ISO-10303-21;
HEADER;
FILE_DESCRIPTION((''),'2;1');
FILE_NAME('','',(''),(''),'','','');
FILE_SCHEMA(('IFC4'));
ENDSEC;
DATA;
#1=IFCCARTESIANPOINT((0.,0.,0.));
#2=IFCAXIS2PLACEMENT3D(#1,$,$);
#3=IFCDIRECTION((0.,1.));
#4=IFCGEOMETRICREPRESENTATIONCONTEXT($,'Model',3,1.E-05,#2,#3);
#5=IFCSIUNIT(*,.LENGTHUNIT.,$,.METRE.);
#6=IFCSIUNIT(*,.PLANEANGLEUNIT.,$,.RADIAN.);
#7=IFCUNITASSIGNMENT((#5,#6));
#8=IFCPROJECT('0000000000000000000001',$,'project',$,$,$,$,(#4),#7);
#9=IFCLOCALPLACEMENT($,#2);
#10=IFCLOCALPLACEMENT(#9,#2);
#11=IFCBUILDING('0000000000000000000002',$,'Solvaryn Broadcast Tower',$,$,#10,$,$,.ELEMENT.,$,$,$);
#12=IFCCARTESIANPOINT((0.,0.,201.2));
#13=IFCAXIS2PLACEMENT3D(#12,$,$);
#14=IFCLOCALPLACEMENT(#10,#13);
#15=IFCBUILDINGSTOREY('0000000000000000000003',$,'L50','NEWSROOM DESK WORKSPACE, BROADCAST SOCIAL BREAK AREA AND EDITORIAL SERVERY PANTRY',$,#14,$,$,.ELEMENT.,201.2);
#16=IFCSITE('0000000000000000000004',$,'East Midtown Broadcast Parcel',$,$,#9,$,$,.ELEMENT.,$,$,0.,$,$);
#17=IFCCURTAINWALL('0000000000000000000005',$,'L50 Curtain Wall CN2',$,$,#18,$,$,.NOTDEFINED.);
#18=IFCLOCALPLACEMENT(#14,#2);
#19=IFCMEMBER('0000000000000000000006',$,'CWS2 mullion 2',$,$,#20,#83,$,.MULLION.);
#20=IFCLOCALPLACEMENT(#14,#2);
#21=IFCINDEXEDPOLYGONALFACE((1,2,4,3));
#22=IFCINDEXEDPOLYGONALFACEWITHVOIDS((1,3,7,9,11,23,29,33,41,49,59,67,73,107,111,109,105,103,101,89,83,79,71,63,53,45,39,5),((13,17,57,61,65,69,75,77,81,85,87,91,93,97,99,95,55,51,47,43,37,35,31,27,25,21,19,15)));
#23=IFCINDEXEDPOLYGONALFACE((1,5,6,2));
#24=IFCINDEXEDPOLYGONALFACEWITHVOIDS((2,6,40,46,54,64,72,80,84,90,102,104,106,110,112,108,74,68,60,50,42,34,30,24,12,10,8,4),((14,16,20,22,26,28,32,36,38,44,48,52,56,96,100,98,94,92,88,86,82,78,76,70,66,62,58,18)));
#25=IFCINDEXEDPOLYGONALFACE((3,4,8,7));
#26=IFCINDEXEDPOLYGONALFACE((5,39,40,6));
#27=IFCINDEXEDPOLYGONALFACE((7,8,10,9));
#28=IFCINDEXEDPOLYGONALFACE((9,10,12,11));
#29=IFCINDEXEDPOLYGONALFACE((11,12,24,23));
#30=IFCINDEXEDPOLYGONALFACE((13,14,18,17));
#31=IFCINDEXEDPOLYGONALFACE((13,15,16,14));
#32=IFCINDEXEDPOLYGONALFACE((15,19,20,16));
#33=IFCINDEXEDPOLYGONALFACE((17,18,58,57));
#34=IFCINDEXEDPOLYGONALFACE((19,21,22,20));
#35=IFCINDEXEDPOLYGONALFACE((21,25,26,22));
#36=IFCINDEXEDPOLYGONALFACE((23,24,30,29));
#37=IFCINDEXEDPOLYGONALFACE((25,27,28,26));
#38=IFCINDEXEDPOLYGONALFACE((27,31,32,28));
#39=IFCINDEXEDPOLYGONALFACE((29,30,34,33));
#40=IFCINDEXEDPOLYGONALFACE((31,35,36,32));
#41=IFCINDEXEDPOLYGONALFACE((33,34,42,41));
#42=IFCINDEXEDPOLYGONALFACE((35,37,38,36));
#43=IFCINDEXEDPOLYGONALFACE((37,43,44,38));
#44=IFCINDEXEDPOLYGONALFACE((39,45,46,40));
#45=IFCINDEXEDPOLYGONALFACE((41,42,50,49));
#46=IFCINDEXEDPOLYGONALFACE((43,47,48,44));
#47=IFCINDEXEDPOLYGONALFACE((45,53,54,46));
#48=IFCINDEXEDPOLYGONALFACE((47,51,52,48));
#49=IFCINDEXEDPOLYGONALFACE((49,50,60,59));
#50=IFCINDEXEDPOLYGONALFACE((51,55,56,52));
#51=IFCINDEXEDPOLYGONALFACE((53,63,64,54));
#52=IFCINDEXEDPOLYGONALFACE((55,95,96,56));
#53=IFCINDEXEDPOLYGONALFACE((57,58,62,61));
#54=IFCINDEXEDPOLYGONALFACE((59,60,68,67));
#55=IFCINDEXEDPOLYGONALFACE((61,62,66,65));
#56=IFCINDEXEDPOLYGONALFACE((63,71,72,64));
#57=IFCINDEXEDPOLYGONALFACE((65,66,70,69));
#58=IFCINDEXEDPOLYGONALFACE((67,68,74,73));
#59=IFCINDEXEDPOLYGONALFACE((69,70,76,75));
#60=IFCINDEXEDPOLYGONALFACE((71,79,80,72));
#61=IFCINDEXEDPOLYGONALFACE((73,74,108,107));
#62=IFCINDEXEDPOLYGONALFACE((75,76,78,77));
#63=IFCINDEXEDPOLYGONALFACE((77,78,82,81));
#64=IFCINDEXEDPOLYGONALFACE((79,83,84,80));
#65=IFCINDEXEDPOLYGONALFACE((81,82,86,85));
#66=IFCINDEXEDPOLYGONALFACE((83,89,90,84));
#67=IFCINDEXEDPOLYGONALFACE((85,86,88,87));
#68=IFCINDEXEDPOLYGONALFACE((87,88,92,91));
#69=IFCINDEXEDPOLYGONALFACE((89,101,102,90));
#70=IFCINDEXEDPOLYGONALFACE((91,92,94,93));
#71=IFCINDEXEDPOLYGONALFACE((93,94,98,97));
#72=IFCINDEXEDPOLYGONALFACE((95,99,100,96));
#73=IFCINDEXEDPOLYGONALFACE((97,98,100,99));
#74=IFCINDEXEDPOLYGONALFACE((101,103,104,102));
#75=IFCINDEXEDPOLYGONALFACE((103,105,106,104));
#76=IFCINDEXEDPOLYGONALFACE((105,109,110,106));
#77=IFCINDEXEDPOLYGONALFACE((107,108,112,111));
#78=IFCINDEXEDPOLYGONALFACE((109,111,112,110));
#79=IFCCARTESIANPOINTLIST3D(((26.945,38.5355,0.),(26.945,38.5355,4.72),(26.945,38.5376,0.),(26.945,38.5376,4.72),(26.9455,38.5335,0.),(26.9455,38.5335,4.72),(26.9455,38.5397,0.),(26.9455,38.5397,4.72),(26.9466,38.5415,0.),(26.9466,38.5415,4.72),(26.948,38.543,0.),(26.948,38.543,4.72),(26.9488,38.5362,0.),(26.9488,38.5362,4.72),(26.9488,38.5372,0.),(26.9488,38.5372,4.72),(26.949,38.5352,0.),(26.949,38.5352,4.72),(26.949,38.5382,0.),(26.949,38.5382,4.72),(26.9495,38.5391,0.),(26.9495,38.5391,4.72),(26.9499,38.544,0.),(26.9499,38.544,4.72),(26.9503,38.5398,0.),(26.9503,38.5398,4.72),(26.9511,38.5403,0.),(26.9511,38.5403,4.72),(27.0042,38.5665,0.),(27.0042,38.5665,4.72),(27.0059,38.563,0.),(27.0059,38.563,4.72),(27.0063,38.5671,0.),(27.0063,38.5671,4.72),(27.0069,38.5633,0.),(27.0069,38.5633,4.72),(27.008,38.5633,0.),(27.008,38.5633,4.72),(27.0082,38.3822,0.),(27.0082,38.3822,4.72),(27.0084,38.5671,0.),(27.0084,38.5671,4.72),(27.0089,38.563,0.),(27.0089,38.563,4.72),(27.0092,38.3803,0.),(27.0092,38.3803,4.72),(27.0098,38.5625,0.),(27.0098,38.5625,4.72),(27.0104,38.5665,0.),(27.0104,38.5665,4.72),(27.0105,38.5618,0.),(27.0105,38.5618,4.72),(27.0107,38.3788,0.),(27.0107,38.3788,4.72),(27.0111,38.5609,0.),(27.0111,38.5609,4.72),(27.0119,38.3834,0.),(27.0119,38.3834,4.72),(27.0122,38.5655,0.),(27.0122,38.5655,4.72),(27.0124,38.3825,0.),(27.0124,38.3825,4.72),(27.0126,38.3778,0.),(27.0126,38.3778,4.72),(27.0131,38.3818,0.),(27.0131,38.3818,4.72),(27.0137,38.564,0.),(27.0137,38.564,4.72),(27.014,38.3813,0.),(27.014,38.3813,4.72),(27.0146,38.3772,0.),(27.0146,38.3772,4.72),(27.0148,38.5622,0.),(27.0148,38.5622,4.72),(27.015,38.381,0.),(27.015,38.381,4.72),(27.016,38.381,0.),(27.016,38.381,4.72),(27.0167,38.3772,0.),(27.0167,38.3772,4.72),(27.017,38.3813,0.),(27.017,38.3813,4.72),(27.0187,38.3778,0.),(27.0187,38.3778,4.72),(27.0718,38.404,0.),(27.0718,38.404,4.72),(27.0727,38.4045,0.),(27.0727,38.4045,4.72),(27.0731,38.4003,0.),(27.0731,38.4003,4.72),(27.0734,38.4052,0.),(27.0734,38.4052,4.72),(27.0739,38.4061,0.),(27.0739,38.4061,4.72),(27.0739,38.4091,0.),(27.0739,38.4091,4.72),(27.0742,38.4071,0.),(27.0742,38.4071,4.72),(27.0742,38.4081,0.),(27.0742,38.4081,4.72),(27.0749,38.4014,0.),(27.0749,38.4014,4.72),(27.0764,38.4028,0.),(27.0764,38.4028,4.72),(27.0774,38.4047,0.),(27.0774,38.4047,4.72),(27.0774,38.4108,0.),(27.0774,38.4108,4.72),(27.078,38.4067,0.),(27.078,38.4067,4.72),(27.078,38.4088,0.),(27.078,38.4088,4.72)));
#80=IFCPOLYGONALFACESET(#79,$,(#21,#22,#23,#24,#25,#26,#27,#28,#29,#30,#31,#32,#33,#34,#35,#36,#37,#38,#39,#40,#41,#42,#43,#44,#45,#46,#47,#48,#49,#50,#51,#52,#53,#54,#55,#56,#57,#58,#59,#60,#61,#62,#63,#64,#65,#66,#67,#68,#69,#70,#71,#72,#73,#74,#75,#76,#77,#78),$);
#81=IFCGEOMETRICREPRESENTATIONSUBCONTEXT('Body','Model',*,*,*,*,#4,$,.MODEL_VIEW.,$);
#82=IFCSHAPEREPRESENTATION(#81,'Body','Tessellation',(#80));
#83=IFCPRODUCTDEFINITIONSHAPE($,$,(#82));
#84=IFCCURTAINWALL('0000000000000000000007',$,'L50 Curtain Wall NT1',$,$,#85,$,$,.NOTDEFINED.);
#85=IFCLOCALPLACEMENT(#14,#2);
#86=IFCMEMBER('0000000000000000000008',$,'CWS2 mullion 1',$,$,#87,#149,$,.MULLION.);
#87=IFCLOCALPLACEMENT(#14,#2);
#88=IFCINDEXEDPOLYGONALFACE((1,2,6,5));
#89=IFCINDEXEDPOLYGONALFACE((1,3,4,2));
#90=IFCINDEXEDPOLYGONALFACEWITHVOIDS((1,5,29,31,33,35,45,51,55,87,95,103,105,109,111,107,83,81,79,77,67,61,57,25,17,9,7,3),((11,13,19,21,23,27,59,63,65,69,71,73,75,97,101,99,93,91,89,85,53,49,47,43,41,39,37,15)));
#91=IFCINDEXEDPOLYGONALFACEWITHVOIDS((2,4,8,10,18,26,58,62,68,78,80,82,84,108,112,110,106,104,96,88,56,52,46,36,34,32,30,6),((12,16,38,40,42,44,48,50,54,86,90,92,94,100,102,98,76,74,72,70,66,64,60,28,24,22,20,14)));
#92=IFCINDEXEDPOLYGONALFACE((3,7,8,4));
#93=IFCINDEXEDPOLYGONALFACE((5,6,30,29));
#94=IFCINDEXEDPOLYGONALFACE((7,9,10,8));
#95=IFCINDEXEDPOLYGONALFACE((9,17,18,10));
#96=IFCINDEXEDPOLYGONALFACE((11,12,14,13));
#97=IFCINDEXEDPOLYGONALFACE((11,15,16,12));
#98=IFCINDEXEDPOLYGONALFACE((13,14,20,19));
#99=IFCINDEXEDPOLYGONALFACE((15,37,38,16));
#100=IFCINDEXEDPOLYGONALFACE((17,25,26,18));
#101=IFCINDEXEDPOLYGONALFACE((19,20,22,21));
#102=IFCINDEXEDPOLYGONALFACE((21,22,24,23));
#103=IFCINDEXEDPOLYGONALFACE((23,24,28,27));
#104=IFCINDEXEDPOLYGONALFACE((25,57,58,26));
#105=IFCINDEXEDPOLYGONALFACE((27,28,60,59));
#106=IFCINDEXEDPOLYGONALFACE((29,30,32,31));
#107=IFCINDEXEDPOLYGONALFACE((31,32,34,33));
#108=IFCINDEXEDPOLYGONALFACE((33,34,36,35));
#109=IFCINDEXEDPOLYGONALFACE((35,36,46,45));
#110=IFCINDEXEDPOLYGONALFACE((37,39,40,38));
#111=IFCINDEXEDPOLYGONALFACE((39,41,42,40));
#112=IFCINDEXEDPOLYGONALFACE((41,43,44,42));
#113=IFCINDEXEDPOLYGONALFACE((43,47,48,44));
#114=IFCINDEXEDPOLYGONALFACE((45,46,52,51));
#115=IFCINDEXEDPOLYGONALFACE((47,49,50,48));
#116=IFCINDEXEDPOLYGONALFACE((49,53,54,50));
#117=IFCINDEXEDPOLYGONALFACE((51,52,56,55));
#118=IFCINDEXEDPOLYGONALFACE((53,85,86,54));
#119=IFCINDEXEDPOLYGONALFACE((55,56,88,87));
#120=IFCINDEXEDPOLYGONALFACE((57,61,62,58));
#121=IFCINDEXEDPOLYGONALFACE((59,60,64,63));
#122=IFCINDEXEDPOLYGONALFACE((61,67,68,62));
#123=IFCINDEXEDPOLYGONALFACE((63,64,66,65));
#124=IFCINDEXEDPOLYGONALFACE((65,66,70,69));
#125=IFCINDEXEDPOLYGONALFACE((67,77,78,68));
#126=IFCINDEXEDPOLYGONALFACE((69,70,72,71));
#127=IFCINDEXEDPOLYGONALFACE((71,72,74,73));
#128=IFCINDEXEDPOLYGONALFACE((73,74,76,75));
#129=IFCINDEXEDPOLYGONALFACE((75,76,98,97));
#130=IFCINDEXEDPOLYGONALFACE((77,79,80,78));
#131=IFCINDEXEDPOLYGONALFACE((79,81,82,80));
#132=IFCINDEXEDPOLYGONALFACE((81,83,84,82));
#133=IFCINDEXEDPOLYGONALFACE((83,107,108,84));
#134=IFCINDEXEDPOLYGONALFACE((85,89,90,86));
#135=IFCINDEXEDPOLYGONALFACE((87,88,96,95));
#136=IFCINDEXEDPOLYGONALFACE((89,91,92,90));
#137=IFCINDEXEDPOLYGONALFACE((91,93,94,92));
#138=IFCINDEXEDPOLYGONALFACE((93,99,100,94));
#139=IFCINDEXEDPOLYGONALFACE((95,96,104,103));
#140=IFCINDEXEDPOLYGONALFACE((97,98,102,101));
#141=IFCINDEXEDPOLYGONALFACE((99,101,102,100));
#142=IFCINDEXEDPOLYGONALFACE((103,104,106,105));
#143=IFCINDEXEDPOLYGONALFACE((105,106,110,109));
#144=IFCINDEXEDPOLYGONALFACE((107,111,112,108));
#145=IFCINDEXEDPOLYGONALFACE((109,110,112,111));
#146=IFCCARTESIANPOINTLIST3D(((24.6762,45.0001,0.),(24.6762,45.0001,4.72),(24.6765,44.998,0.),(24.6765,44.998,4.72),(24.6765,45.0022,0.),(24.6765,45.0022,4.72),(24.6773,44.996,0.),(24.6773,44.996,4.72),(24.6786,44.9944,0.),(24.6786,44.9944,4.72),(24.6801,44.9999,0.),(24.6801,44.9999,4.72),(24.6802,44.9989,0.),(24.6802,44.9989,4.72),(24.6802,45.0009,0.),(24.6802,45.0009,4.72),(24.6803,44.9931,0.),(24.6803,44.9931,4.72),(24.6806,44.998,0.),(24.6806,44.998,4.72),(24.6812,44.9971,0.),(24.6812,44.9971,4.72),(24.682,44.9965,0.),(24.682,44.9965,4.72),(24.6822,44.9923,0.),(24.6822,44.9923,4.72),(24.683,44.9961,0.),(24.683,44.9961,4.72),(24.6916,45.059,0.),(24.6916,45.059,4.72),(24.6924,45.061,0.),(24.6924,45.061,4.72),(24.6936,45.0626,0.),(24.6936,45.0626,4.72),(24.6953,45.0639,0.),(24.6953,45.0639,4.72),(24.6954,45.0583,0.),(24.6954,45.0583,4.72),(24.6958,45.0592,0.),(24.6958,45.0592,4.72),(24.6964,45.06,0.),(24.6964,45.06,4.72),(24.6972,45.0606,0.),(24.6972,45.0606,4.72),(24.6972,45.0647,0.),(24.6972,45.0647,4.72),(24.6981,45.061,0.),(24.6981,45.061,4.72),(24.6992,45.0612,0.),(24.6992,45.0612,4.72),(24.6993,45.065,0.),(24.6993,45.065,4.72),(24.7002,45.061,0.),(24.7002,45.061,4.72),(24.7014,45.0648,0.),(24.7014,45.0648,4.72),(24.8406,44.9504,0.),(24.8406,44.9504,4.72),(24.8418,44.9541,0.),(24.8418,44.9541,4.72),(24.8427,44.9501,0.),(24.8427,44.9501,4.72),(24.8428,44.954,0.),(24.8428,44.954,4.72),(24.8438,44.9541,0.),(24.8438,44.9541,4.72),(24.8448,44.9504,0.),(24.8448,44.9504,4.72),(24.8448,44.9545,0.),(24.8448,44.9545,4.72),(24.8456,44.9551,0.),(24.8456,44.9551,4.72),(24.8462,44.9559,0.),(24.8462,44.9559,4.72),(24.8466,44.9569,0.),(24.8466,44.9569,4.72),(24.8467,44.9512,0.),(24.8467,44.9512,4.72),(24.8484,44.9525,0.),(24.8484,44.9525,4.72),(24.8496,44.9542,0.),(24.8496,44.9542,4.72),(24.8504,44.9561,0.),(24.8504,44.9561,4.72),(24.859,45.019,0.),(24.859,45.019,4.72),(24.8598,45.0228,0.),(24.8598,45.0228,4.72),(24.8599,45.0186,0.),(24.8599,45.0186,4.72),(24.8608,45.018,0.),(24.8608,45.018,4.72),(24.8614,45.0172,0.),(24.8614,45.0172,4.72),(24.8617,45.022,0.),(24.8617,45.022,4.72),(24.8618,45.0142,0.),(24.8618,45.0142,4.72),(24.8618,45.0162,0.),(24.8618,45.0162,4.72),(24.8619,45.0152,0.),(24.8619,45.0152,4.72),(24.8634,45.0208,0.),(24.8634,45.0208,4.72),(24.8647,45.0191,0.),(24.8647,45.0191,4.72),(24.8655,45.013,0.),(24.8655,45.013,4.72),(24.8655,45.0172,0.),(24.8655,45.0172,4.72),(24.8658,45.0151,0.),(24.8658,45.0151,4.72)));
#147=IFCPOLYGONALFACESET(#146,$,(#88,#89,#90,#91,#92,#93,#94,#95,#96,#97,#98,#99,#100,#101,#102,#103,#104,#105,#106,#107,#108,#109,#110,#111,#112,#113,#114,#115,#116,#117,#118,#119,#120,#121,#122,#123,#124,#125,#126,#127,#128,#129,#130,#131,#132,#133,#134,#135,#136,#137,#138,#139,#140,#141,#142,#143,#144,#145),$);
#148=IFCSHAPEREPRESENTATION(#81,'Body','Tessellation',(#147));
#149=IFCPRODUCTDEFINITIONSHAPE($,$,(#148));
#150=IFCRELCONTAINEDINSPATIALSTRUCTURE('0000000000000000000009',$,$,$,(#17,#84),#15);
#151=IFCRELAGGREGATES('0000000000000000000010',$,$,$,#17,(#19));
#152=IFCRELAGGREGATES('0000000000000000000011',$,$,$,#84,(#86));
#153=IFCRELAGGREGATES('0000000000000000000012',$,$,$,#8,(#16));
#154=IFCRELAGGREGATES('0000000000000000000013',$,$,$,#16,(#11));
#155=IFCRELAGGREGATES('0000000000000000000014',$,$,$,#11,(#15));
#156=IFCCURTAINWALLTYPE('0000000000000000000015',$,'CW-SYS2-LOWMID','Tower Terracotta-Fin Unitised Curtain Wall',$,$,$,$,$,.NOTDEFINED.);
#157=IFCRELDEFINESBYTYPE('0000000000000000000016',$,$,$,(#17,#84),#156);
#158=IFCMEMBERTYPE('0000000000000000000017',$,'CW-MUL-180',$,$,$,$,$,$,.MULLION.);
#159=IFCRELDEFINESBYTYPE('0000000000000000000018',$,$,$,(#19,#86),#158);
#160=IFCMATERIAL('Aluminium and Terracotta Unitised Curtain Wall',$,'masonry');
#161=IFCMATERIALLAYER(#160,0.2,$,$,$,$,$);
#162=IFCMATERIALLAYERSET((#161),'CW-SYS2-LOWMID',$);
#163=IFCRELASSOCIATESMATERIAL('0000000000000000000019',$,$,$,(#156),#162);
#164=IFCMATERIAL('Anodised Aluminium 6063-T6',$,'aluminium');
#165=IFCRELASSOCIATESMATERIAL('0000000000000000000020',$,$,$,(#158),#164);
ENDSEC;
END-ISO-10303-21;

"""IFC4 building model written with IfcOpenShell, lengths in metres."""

from ifc_helpers import new_model, si_unit, direction, frame, origin, origin_2d, place, context, subcontext, project, spatial, hollow_rectangle, extrude, material, layer, layer_set, material_profile, profile_set, type_object, element, aggregate, save


model = new_model("IFC4")

# Units and contexts
model_context = context("Model", 3, precision=1e-05, world=origin(), true_north=direction((0.0, 1.0)))
body_context = subcontext(model_context, "Body", "Model", "MODEL_VIEW")
ifc_project = project(units=[si_unit("LENGTHUNIT", "METRE"), si_unit("PLANEANGLEUNIT", "RADIAN")], contexts=[model_context])

# Site, building, storey
site_placement = place(None, origin())
site = spatial("IfcSite", under=ifc_project, at=site_placement, Name="East Midtown Broadcast Parcel", CompositionType="ELEMENT", RefElevation=0.0)
building_placement = place(site_placement, origin())
building = spatial("IfcBuilding", under=site, at=building_placement, Name="Solvaryn Broadcast Tower", CompositionType="ELEMENT")
storey_placement = place(building_placement, frame((0.0, 0.0, 201.2)))
storey = spatial("IfcBuildingStorey", under=building, at=storey_placement, Name="L50", Description="NEWSROOM DESK WORKSPACE, BROADCAST SOCIAL BREAK AREA AND EDITORIAL SERVERY PANTRY", CompositionType="ELEMENT", Elevation=201.2)

# Shared definitions
ifc_material_1 = material(Name="Aluminium and Terracotta Unitised Curtain Wall", Category="masonry")
ifc_layer_1 = layer(ifc_material_1, 0.2)
ifc_layer_set_1 = layer_set([ifc_layer_1], Name="CW-SYS2-LOWMID")
curtain_wall_type = type_object("IfcCurtainWallType", Name="CW-SYS2-LOWMID", Description="Tower Terracotta-Fin Unitised Curtain Wall", PredefinedType="NOTDEFINED", material=ifc_layer_set_1)
ifc_material_2 = material(Name="Anodised Aluminium 6063-T6", Category="aluminium")
ifc_material_profile_1 = material_profile(ifc_material_2, hollow_rectangle(XDim=0.075, YDim=0.1799, WallThickness=0.0039, InnerFilletRadius=0.0039, OuterFilletRadius=0.0081, at=origin_2d()))
ifc_profile_set_1 = profile_set([ifc_material_profile_1], Name="Anodised Aluminium 6063-T6")
member_type_1 = type_object("IfcMemberType", Name="CW-MUL-180", PredefinedType="MULLION", material=ifc_profile_set_1)

# Curtain walls, members
curtain_wall_1_placement = place(storey_placement, origin())
curtain_wall_1 = element("IfcCurtainWall", 1, at=curtain_wall_1_placement, inside=storey, type_object=curtain_wall_type, Name="L50 Curtain Wall CN2", PredefinedType="NOTDEFINED")
member_1_placement = place(storey_placement, frame((27.0115, 38.4722, 0.0), z_axis=(0.0, 0.0, 1.0), x_axis=(-0.923895, -0.382646, 0.0)))
member_1 = element("IfcMember", 2, at=member_1_placement, type_object=member_type_1, Name="CWS2 mullion 2", PredefinedType="MULLION", context=body_context, shape_type="SweptSolid", body=[
    extrude(hollow_rectangle(XDim=0.075, YDim=0.1799, WallThickness=0.0039, InnerFilletRadius=0.0039, OuterFilletRadius=0.0081, at=origin_2d()), origin(), (0.0, 0.0, 1.0), 4.72),
])
aggregate(curtain_wall_1, [member_1])
curtain_wall_2_placement = place(storey_placement, origin())
curtain_wall_2 = element("IfcCurtainWall", 3, at=curtain_wall_2_placement, inside=storey, type_object=curtain_wall_type, Name="L50 Curtain Wall NT1", PredefinedType="NOTDEFINED")
member_2_placement = place(storey_placement, frame((24.771, 45.0076, 0.0), z_axis=(0.0, 0.0, 1.0), x_axis=(-0.255893, -0.966705, 0.0)))
member_2 = element("IfcMember", 4, at=member_2_placement, type_object=member_type_1, Name="CWS2 mullion 1", PredefinedType="MULLION", context=body_context, shape_type="SweptSolid", body=[
    extrude(hollow_rectangle(XDim=0.075, YDim=0.1799, WallThickness=0.0039, InnerFilletRadius=0.0039, OuterFilletRadius=0.0081, at=origin_2d()), origin(), (0.0, 0.0, 1.0), 4.72),
])

aggregate(curtain_wall_2, [member_2])

save(model, "model.ifc")
